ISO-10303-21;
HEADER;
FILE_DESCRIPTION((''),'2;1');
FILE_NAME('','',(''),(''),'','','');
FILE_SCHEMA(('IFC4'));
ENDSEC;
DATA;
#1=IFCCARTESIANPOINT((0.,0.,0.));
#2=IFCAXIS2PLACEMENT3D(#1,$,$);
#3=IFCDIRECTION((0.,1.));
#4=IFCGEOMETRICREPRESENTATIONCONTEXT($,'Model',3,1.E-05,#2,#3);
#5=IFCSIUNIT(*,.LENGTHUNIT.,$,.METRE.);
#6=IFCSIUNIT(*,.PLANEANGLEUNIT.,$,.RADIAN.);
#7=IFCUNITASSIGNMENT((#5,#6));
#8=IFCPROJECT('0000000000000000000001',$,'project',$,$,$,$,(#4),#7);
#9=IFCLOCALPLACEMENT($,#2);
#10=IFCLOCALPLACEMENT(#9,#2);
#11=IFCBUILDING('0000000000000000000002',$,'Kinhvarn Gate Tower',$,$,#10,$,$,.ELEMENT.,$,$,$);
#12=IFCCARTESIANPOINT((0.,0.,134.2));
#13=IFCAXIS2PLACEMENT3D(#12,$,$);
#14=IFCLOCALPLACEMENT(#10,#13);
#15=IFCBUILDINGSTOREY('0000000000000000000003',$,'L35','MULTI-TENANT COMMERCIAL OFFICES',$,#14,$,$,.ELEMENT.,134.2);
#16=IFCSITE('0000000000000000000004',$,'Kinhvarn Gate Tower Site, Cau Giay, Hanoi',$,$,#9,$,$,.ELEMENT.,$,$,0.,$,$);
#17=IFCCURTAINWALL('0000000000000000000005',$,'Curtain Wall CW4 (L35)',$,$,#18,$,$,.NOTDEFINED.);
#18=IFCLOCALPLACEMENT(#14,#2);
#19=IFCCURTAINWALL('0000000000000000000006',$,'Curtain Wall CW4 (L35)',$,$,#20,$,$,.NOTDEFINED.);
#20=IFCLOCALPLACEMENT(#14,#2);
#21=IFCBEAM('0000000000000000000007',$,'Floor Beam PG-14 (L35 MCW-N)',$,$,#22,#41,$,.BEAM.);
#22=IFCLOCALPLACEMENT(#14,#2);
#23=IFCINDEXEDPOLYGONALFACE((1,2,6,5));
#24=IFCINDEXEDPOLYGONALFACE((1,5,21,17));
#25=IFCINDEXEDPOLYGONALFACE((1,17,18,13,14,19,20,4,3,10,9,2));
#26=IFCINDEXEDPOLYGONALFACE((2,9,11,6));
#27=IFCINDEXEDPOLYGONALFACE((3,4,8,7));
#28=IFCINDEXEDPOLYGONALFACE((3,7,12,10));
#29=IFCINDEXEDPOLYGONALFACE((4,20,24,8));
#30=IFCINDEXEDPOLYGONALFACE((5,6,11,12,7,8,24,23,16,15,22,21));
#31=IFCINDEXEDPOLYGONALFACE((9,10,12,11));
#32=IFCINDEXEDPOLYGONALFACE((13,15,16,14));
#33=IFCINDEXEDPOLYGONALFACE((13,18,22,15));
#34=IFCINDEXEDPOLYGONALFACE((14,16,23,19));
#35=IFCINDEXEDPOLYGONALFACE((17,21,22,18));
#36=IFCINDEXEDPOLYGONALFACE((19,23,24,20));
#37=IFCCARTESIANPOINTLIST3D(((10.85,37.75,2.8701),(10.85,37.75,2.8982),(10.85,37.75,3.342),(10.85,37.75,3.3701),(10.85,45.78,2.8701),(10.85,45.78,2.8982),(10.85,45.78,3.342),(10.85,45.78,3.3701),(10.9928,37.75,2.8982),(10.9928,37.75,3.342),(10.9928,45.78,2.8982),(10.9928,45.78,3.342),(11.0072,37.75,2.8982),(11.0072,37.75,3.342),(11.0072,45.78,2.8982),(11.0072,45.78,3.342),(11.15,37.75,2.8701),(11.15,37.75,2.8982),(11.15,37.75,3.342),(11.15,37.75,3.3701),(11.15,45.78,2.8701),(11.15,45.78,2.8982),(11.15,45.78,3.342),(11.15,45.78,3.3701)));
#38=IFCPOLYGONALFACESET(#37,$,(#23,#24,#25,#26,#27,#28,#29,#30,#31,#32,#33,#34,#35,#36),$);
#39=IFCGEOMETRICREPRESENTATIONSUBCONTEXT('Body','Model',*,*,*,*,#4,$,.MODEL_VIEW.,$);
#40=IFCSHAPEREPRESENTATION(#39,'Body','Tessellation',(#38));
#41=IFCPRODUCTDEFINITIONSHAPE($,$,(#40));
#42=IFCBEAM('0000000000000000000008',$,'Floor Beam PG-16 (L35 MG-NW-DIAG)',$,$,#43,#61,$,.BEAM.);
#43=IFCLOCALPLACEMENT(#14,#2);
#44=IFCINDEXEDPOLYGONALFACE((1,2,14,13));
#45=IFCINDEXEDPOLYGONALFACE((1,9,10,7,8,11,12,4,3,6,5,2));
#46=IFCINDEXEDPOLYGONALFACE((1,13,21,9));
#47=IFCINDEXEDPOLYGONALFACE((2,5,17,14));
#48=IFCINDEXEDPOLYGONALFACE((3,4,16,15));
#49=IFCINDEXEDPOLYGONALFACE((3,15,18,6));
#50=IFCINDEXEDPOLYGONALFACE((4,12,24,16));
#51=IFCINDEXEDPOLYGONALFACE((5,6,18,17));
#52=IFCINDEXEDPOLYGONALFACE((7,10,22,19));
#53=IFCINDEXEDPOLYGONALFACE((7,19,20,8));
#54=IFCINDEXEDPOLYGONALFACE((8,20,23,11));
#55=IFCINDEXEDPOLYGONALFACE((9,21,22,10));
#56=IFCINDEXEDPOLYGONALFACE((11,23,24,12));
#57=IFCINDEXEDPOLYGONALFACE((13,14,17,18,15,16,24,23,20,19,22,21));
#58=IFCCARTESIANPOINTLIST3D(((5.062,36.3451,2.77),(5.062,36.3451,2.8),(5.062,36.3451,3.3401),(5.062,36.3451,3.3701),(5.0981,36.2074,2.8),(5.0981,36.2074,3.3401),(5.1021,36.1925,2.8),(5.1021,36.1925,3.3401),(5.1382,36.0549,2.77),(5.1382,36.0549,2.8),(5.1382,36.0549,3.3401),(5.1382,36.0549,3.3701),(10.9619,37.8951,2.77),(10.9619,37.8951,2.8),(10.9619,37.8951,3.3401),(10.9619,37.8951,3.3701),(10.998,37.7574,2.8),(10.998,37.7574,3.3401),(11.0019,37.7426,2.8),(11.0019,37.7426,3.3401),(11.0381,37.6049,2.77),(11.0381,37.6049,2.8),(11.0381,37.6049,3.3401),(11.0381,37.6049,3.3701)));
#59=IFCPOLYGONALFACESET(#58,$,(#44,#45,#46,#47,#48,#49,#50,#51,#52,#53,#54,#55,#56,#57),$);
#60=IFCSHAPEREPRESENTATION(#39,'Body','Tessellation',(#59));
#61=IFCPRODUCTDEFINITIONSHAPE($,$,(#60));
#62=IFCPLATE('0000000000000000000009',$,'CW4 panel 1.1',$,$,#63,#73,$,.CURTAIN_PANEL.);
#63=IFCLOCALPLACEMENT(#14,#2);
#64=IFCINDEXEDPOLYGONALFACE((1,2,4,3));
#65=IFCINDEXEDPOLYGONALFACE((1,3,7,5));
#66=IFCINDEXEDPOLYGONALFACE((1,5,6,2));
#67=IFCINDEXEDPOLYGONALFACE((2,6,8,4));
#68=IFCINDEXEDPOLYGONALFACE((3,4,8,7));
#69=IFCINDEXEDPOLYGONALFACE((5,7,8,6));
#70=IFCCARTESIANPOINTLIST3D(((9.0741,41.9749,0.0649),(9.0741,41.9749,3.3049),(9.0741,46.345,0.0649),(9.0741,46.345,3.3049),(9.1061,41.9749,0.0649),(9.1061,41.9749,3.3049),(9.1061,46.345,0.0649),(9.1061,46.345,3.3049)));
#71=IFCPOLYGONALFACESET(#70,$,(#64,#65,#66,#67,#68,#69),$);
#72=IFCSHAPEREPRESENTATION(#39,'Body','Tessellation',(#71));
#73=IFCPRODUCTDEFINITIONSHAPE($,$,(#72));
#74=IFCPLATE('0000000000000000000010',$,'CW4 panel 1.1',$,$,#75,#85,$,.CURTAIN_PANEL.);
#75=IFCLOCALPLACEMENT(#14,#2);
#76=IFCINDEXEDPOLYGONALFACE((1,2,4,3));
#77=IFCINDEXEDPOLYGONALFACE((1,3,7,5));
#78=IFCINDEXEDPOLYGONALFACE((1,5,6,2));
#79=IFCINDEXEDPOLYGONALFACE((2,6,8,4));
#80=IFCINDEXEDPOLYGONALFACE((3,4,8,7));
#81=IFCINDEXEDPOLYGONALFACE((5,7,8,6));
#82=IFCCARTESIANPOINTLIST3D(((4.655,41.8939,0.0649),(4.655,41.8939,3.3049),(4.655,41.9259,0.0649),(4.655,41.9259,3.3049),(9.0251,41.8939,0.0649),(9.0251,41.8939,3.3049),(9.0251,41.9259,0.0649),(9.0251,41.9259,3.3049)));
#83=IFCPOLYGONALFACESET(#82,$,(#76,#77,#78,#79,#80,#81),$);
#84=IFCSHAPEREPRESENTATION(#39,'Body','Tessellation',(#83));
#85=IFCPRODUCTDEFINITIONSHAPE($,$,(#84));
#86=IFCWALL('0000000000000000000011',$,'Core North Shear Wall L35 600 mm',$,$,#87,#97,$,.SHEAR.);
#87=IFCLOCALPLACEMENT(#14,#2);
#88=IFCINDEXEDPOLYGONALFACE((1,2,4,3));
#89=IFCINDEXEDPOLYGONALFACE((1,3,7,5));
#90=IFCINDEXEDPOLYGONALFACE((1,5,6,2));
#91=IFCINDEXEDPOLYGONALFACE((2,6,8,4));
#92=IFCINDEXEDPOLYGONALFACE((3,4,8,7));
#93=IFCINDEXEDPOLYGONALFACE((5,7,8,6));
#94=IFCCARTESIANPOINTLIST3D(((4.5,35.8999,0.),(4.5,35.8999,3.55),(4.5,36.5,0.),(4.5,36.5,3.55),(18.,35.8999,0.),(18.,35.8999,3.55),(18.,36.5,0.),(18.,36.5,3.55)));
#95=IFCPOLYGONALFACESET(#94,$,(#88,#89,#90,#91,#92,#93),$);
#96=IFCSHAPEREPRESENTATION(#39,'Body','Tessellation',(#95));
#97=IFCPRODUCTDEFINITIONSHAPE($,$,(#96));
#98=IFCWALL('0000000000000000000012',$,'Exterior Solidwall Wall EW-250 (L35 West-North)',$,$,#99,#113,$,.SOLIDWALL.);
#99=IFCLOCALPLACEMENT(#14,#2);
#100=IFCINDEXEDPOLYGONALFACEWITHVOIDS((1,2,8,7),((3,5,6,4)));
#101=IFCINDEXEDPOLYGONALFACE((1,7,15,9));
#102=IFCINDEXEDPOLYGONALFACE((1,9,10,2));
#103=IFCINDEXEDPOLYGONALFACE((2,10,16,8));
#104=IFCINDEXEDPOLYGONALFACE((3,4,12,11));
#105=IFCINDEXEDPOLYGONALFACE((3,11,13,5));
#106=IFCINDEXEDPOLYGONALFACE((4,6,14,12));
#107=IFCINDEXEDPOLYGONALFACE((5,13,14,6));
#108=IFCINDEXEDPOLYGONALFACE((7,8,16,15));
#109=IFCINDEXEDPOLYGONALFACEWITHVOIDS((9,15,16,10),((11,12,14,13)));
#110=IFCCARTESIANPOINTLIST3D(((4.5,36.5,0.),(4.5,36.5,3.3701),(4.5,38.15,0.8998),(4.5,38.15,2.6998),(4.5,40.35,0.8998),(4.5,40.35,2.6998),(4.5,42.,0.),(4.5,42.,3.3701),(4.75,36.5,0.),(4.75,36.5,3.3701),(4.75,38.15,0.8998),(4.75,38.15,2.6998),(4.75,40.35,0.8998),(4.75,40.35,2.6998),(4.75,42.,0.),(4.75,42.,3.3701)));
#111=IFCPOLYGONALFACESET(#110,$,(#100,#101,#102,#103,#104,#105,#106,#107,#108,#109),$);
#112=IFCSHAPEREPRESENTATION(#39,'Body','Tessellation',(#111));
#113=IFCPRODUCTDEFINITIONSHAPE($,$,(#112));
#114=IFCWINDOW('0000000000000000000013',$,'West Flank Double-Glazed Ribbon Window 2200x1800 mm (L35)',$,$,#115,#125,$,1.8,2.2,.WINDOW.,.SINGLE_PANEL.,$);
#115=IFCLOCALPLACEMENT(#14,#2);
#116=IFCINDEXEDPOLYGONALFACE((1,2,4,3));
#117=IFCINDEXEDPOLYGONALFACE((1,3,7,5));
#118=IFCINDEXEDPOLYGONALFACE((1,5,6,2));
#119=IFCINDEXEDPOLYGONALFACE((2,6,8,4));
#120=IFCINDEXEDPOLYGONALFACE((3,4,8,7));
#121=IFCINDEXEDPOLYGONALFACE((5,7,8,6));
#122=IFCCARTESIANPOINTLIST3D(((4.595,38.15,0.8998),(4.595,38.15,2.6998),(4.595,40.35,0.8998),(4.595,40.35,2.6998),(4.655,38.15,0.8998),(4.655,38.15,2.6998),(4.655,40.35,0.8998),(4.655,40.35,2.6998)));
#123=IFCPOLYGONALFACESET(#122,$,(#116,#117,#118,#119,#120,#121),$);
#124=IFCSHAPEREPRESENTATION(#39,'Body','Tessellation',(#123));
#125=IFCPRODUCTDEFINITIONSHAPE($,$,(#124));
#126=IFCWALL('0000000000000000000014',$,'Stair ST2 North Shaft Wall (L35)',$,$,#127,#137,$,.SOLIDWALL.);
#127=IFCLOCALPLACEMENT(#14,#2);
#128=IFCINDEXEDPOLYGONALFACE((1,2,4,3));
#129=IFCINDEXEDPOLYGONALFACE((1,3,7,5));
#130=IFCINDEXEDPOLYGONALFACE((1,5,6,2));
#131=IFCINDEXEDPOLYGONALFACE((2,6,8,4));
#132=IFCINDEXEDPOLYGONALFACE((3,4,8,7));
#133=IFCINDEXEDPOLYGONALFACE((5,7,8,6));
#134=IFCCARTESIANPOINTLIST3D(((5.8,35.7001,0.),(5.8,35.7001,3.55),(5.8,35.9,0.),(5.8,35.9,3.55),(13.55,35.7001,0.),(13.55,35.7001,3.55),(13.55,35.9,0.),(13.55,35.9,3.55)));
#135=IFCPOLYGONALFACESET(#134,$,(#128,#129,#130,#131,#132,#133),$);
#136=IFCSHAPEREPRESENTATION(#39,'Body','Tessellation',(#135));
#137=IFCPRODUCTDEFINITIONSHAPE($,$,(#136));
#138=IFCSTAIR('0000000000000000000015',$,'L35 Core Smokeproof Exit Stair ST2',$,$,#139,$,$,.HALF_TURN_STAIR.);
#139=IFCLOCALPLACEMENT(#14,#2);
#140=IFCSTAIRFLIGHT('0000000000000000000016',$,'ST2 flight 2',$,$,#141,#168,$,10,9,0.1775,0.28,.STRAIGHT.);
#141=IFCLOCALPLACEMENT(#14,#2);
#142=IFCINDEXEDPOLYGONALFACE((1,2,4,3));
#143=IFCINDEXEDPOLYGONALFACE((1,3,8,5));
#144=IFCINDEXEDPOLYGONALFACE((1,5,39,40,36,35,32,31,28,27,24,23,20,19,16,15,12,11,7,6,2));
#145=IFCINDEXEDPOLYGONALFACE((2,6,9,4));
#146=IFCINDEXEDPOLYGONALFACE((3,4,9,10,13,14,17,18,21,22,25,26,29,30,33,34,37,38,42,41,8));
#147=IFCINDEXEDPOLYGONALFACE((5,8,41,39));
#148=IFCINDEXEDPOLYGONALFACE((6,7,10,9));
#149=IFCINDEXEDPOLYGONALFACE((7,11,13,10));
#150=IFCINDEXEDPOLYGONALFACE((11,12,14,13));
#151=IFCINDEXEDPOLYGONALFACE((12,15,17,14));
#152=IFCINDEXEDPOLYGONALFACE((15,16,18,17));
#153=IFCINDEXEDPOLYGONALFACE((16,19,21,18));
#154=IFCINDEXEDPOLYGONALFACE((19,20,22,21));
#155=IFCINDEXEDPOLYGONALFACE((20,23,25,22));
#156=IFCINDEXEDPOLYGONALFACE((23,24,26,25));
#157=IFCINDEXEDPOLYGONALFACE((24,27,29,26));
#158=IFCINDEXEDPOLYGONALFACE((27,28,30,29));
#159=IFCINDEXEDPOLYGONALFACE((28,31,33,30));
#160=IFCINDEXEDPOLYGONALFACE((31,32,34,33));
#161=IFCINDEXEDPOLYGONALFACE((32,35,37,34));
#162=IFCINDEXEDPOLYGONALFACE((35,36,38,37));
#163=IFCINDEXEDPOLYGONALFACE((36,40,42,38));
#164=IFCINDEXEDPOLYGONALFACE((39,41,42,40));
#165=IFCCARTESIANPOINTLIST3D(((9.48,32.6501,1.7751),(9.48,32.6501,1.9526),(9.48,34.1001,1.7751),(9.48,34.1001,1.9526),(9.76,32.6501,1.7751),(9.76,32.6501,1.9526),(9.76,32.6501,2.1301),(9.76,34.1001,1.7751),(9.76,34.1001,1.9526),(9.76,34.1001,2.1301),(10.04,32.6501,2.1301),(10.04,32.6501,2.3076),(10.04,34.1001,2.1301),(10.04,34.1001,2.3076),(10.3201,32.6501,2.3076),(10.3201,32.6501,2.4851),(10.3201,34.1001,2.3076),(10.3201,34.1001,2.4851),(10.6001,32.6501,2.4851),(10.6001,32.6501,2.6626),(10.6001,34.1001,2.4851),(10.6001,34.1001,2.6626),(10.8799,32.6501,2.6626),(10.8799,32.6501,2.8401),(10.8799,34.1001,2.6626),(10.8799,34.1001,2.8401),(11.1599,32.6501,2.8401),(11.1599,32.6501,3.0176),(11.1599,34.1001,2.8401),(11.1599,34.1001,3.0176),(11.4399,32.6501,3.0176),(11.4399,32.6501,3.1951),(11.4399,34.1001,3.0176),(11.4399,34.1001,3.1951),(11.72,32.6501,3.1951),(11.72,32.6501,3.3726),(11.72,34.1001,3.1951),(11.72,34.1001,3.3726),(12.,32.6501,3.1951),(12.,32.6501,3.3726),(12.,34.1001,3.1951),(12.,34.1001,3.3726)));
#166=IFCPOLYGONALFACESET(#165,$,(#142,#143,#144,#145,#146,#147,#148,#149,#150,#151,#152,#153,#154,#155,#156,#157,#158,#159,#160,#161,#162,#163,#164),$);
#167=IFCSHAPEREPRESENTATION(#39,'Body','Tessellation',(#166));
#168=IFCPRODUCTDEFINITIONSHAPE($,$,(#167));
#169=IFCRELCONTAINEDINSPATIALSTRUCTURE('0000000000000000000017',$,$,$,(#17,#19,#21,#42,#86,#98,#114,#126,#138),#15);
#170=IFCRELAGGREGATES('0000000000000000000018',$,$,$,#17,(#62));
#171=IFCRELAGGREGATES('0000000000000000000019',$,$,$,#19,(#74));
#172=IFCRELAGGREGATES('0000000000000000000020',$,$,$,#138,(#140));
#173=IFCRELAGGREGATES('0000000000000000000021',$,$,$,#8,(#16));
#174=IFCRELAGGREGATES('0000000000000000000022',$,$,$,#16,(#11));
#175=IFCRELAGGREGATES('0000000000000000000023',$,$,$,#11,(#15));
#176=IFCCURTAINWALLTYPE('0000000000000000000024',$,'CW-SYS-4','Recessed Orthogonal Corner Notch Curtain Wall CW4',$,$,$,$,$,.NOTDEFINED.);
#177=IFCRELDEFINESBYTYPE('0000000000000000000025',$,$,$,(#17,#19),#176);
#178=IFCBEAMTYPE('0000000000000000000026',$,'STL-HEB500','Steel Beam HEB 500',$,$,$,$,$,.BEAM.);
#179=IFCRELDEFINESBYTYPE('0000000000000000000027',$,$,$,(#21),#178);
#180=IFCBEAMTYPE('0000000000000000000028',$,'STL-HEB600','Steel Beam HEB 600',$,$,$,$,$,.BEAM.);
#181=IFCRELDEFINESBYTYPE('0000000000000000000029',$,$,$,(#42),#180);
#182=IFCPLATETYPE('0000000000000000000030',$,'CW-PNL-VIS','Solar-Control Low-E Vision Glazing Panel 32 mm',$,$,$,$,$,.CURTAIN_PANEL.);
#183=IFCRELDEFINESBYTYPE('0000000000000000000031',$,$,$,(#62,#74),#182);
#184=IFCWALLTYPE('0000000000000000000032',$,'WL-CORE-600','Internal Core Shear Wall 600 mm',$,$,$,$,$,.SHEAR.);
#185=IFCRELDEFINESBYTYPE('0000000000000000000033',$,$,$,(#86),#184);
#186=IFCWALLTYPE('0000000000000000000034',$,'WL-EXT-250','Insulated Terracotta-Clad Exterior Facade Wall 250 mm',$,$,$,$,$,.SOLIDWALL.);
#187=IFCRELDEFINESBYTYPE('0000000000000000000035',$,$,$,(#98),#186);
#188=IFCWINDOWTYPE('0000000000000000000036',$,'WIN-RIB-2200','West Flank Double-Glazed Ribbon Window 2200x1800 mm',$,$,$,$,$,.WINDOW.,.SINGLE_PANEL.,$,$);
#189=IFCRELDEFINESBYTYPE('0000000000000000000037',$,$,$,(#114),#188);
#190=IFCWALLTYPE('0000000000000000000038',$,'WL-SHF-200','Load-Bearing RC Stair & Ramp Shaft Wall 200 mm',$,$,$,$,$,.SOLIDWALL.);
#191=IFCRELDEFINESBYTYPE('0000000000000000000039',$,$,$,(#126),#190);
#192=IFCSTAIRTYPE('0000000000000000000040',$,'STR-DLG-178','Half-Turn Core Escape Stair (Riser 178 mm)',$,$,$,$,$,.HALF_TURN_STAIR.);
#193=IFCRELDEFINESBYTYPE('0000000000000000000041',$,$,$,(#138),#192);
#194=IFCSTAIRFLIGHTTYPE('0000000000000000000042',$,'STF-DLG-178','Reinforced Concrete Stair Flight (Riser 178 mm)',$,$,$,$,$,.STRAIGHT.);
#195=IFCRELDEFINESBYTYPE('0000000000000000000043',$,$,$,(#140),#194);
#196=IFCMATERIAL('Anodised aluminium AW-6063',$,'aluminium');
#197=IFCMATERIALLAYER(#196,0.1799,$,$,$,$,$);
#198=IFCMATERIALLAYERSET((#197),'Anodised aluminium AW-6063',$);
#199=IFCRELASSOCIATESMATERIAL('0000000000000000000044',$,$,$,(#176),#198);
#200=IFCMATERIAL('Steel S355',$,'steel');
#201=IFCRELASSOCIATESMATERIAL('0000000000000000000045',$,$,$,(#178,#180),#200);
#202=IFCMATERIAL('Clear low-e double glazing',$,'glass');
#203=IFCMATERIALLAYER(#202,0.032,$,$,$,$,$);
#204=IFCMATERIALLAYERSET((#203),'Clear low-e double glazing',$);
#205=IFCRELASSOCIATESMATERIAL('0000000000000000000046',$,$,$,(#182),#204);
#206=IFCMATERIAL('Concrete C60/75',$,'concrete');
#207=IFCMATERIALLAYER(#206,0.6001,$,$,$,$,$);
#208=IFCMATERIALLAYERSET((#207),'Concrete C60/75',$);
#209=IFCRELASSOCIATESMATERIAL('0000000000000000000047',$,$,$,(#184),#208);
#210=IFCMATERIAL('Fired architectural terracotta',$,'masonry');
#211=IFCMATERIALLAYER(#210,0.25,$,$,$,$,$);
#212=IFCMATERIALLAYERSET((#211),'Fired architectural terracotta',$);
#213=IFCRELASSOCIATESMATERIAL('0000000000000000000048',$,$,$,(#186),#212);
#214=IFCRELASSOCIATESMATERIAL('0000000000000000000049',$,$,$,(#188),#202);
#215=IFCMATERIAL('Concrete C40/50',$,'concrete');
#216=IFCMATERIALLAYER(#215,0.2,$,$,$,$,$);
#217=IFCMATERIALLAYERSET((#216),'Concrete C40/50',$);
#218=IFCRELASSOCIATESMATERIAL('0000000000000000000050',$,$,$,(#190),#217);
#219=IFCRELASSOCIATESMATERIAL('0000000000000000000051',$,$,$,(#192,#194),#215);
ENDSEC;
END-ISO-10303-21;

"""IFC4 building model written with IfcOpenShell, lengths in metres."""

from ifc_helpers import new_model, si_unit, direction, frame, frame_2d, origin, origin_2d, place, context, subcontext, project, spatial, polyline, rectangle, i_section, outline, extrude, material, layer, layer_set, material_profile, profile_set, type_object, element, fill, aggregate, save


model = new_model("IFC4")

# Units and contexts
model_context = context("Model", 3, precision=1e-05, world=origin(), true_north=direction((0.0, 1.0)))
body_context = subcontext(model_context, "Body", "Model", "MODEL_VIEW")
ifc_project = project(units=[si_unit("LENGTHUNIT", "METRE"), si_unit("PLANEANGLEUNIT", "RADIAN")], contexts=[model_context])

# Site, building, storey
site_placement = place(None, origin())
site = spatial("IfcSite", under=ifc_project, at=site_placement, Name="Kinhvarn Gate Tower Site, Cau Giay, Hanoi", CompositionType="ELEMENT", RefElevation=0.0)
building_placement = place(site_placement, origin())
building = spatial("IfcBuilding", under=site, at=building_placement, Name="Kinhvarn Gate Tower", CompositionType="ELEMENT")
storey_placement = place(building_placement, frame((0.0, 0.0, 134.2)))
storey = spatial("IfcBuildingStorey", under=building, at=storey_placement, Name="L35", Description="MULTI-TENANT COMMERCIAL OFFICES", CompositionType="ELEMENT", Elevation=134.2)

# Shared definitions
ifc_material_1 = material(Name="Concrete C60/75", Category="concrete")

# Shared definitions
ifc_material_2 = material(Name="Anodised aluminium AW-6063", Category="aluminium")

# Curtain walls
ifc_layer_1 = layer(ifc_material_2, 0.1799)
ifc_layer_set_1 = layer_set([ifc_layer_1], Name="Anodised aluminium AW-6063")
curtain_wall_type_1 = type_object("IfcCurtainWallType", Name="CW-SYS-4", Description="Recessed Orthogonal Corner Notch Curtain Wall CW4", PredefinedType="NOTDEFINED", material=ifc_layer_set_1)
curtain_wall_1_placement = place(storey_placement, origin())
curtain_wall_1 = element("IfcCurtainWall", 1, at=curtain_wall_1_placement, inside=storey, type_object=curtain_wall_type_1, Name="Curtain Wall CW4 (L35)", PredefinedType="NOTDEFINED")
curtain_wall_2_placement = place(storey_placement, origin())
curtain_wall_2 = element("IfcCurtainWall", 2, at=curtain_wall_2_placement, inside=storey, type_object=curtain_wall_type_1, Name="Curtain Wall CW4 (L35)", PredefinedType="NOTDEFINED")

# Beams
ifc_material_3 = material(Name="Steel S355", Category="steel")
ifc_material_profile_1 = material_profile(ifc_material_3, i_section(OverallWidth=0.3, OverallDepth=0.5, WebThickness=0.0144, FlangeThickness=0.0281, at=origin_2d()), Name="HEB 500")
ifc_profile_set_1 = profile_set([ifc_material_profile_1], Name="Steel S355")
beam_type_1 = type_object("IfcBeamType", Name="STL-HEB500", Description="Steel Beam HEB 500", PredefinedType="BEAM", material=ifc_profile_set_1)
beam_1_placement = place(storey_placement, frame((11.0, 37.75, 3.1201), z_axis=(0.0, 1.0, 0.0), x_axis=(-1.0, 0.0, 0.0)))
element("IfcBeam", 3, at=beam_1_placement, inside=storey, type_object=beam_type_1, Name="Floor Beam PG-14 (L35 MCW-N)", PredefinedType="BEAM", context=body_context, shape_type="SweptSolid", body=[
    extrude(i_section(OverallWidth=0.3, OverallDepth=0.5, WebThickness=0.0144, FlangeThickness=0.0281, at=origin_2d()), origin(), (0.0, 0.0, 1.0), 8.03),
])
ifc_material_profile_2 = material_profile(ifc_material_3, i_section(OverallWidth=0.3, OverallDepth=0.6001, WebThickness=0.0154, FlangeThickness=0.03, at=origin_2d()), Name="HEB 600")
ifc_profile_set_2 = profile_set([ifc_material_profile_2], Name="Steel S355")
beam_type_2 = type_object("IfcBeamType", Name="STL-HEB600", Description="Steel Beam HEB 600", PredefinedType="BEAM", material=ifc_profile_set_2)
beam_2_placement = place(storey_placement, frame((5.1001, 36.2, 3.0701), z_axis=(0.967178, 0.254101, 0.0), x_axis=(-0.254101, 0.967178, 0.0)))
element("IfcBeam", 4, at=beam_2_placement, inside=storey, type_object=beam_type_2, Name="Floor Beam PG-16 (L35 MG-NW-DIAG)", PredefinedType="BEAM", context=body_context, shape_type="SweptSolid", body=[
    extrude(i_section(OverallWidth=0.3, OverallDepth=0.6001, WebThickness=0.0154, FlangeThickness=0.03, at=origin_2d()), origin(), (0.0, 0.0, 1.0), 6.1001),
])

# Plates
ifc_material_4 = material(Name="Clear low-e double glazing", Category="glass")
ifc_layer_2 = layer(ifc_material_4, 0.032)
ifc_layer_set_2 = layer_set([ifc_layer_2], Name="Clear low-e double glazing")
plate_type = type_object("IfcPlateType", Name="CW-PNL-VIS", Description="Solar-Control Low-E Vision Glazing Panel 32 mm", PredefinedType="CURTAIN_PANEL", material=ifc_layer_set_2)
plate_1_placement = place(storey_placement, frame((9.0901, 44.1599, 0.0649), z_axis=(0.0, 0.0, 1.0), x_axis=(0.0, -1.0, 0.0)))
plate_1 = element("IfcPlate", 5, at=plate_1_placement, type_object=plate_type, Name="CW4 panel 1.1", PredefinedType="CURTAIN_PANEL", context=body_context, shape_type="SweptSolid", body=[
    extrude(rectangle(XDim=4.3701, YDim=0.032, at=origin_2d()), origin(), (0.0, 0.0, 1.0), 3.24),
])
aggregate(curtain_wall_1, [plate_1])
plate_2_placement = place(storey_placement, frame((6.8401, 41.9099, 0.0649), z_axis=(0.0, 0.0, 1.0), x_axis=(-1.0, 0.0, 0.0)))
plate_2 = element("IfcPlate", 6, at=plate_2_placement, type_object=plate_type, Name="CW4 panel 1.1", PredefinedType="CURTAIN_PANEL", context=body_context, shape_type="SweptSolid", body=[
    extrude(rectangle(XDim=4.3701, YDim=0.032, at=origin_2d()), origin(), (0.0, 0.0, 1.0), 3.24),
])
aggregate(curtain_wall_2, [plate_2])

# Wall
ifc_layer_3 = layer(ifc_material_1, 0.6001)
ifc_layer_set_3 = layer_set([ifc_layer_3], Name="Concrete C60/75")
wall_type_1 = type_object("IfcWallType", Name="WL-CORE-600", Description="Internal Core Shear Wall 600 mm", PredefinedType="SHEAR", material=ifc_layer_set_3)
wall_1_placement = place(storey_placement, frame((4.5, 36.2, 0.0), z_axis=(0.0, 0.0, 1.0), x_axis=(1.0, 0.0, 0.0)))
element("IfcWall", 7, at=wall_1_placement, inside=storey, type_object=wall_type_1, Name="Core North Shear Wall L35 600 mm", PredefinedType="SHEAR", context=body_context, shape_type="SweptSolid", body=[
    extrude(rectangle(XDim=13.5, YDim=0.6001, at=frame_2d((6.75, 0.0))), origin(), (0.0, 0.0, 1.0), 3.55),
])

# Wall, opening, window
ifc_material_5 = material(Name="Fired architectural terracotta", Category="masonry")
ifc_layer_4 = layer(ifc_material_5, 0.25)
ifc_layer_set_4 = layer_set([ifc_layer_4], Name="Fired architectural terracotta")
wall_type_2 = type_object("IfcWallType", Name="WL-EXT-250", Description="Insulated Terracotta-Clad Exterior Facade Wall 250 mm", PredefinedType="SOLIDWALL", material=ifc_layer_set_4)
wall_2_placement = place(storey_placement, frame((4.625, 42.0, 0.0), z_axis=(0.0, 0.0, 1.0), x_axis=(0.0, -1.0, 0.0)))
wall_2 = element("IfcWall", 8, at=wall_2_placement, inside=storey, type_object=wall_type_2, Name="Exterior Solidwall Wall EW-250 (L35 West-North)", PredefinedType="SOLIDWALL", context=body_context, shape_type="SweptSolid", body=[
    extrude(rectangle(XDim=5.5, YDim=0.25, at=frame_2d((2.75, 0.0))), origin(), (0.0, 0.0, 1.0), 3.3701),
])
opening_placement = place(wall_2_placement, frame((1.6499, 0.0, 0.8999)))
opening = element("IfcOpeningElement", 9, at=opening_placement, cuts=wall_2, PredefinedType="OPENING", context=body_context, shape_type="SweptSolid", body=[
    extrude(rectangle(XDim=2.2, YDim=1.8, at=frame_2d((1.1001, 0.8999))), frame((0.0, 0.135, 0.0), z_axis=(0.0, -1.0, 0.0), x_axis=(1.0, 0.0, 0.0)), (0.0, 0.0, 1.0), 0.27),
])
window_type = type_object("IfcWindowType", Name="WIN-RIB-2200", Description="West Flank Double-Glazed Ribbon Window 2200x1800 mm", PartitioningType="SINGLE_PANEL", PredefinedType="WINDOW", material=ifc_material_4)
window_placement = place(opening_placement, origin())
window = element("IfcWindow", 10, at=window_placement, inside=storey, type_object=window_type, Name="West Flank Double-Glazed Ribbon Window 2200x1800 mm (L35)", OverallHeight=1.8, OverallWidth=2.2, PartitioningType="SINGLE_PANEL", PredefinedType="WINDOW", context=body_context, shape_type="SweptSolid", body=[
    extrude(rectangle(XDim=2.2, YDim=1.8, at=frame_2d((1.1001, 0.8999))), frame((0.0, 0.03, 0.0), z_axis=(0.0, -1.0, 0.0), x_axis=(1.0, 0.0, 0.0)), (0.0, 0.0, 1.0), 0.0601),
])
fill(opening, window)

# Wall
ifc_material_6 = material(Name="Concrete C40/50", Category="concrete")
ifc_layer_5 = layer(ifc_material_6, 0.2)
ifc_layer_set_5 = layer_set([ifc_layer_5], Name="Concrete C40/50")
wall_type_3 = type_object("IfcWallType", Name="WL-SHF-200", Description="Load-Bearing RC Stair & Ramp Shaft Wall 200 mm", PredefinedType="SOLIDWALL", material=ifc_layer_set_5)
wall_3_placement = place(storey_placement, frame((5.8, 35.8, 0.0), z_axis=(0.0, 0.0, 1.0), x_axis=(1.0, 0.0, 0.0)))
element("IfcWall", 11, at=wall_3_placement, inside=storey, type_object=wall_type_3, Name="Stair ST2 North Shaft Wall (L35)", PredefinedType="SOLIDWALL", context=body_context, shape_type="SweptSolid", body=[
    extrude(rectangle(XDim=7.75, YDim=0.2, at=frame_2d((3.875, 0.0))), origin(), (0.0, 0.0, 1.0), 3.55),
])

# Stair, stair flight
stair_type = type_object("IfcStairType", Name="STR-DLG-178", Description="Half-Turn Core Escape Stair (Riser 178 mm)", PredefinedType="HALF_TURN_STAIR", material=ifc_material_6)
stair_placement = place(storey_placement, origin())
stair = element("IfcStair", 12, at=stair_placement, inside=storey, type_object=stair_type, Name="L35 Core Smokeproof Exit Stair ST2", PredefinedType="HALF_TURN_STAIR")
stair_flight_type = type_object("IfcStairFlightType", Name="STF-DLG-178", Description="Reinforced Concrete Stair Flight (Riser 178 mm)", PredefinedType="STRAIGHT", material=ifc_material_6)
stair_flight_placement = place(storey_placement, frame((9.48, 33.375, 1.7751), z_axis=(0.0, 0.0, 1.0), x_axis=(1.0, 0.0, 0.0)))
stair_flight = element("IfcStairFlight", 13, at=stair_flight_placement, type_object=stair_flight_type, Name="ST2 flight 2", NumberOfRisers=10, NumberOfTreads=9, PredefinedType="STRAIGHT", RiserHeight=0.1775, TreadLength=0.28, context=body_context, shape_type="SweptSolid", body=[
    extrude(outline(polyline([(0.0, 0.0), (0.0, 0.1775), (0.28, 0.1775), (0.28, 0.355), (0.5601, 0.355), (0.5601, 0.5325), (0.8401, 0.5325), (0.8401, 0.71), (1.1201, 0.71), (1.1201, 0.8875), (1.3999, 0.8875), (1.3999, 1.0649), (1.6799, 1.0649), (1.6799, 1.2424), (1.96, 1.2424), (1.96, 1.4199), (2.24, 1.4199), (2.24, 1.5974), (2.52, 1.5974), (2.52, 1.7749), (2.52, 1.4199), (0.28, 0.0), (0.0, 0.0)])), frame((0.0, 0.7251, 0.0), z_axis=(0.0, -1.0, 0.0), x_axis=(1.0, 0.0, 0.0)), (0.0, 0.0, 1.0), 1.45),
])
aggregate(stair, [stair_flight])

save(model, "model.ifc")
